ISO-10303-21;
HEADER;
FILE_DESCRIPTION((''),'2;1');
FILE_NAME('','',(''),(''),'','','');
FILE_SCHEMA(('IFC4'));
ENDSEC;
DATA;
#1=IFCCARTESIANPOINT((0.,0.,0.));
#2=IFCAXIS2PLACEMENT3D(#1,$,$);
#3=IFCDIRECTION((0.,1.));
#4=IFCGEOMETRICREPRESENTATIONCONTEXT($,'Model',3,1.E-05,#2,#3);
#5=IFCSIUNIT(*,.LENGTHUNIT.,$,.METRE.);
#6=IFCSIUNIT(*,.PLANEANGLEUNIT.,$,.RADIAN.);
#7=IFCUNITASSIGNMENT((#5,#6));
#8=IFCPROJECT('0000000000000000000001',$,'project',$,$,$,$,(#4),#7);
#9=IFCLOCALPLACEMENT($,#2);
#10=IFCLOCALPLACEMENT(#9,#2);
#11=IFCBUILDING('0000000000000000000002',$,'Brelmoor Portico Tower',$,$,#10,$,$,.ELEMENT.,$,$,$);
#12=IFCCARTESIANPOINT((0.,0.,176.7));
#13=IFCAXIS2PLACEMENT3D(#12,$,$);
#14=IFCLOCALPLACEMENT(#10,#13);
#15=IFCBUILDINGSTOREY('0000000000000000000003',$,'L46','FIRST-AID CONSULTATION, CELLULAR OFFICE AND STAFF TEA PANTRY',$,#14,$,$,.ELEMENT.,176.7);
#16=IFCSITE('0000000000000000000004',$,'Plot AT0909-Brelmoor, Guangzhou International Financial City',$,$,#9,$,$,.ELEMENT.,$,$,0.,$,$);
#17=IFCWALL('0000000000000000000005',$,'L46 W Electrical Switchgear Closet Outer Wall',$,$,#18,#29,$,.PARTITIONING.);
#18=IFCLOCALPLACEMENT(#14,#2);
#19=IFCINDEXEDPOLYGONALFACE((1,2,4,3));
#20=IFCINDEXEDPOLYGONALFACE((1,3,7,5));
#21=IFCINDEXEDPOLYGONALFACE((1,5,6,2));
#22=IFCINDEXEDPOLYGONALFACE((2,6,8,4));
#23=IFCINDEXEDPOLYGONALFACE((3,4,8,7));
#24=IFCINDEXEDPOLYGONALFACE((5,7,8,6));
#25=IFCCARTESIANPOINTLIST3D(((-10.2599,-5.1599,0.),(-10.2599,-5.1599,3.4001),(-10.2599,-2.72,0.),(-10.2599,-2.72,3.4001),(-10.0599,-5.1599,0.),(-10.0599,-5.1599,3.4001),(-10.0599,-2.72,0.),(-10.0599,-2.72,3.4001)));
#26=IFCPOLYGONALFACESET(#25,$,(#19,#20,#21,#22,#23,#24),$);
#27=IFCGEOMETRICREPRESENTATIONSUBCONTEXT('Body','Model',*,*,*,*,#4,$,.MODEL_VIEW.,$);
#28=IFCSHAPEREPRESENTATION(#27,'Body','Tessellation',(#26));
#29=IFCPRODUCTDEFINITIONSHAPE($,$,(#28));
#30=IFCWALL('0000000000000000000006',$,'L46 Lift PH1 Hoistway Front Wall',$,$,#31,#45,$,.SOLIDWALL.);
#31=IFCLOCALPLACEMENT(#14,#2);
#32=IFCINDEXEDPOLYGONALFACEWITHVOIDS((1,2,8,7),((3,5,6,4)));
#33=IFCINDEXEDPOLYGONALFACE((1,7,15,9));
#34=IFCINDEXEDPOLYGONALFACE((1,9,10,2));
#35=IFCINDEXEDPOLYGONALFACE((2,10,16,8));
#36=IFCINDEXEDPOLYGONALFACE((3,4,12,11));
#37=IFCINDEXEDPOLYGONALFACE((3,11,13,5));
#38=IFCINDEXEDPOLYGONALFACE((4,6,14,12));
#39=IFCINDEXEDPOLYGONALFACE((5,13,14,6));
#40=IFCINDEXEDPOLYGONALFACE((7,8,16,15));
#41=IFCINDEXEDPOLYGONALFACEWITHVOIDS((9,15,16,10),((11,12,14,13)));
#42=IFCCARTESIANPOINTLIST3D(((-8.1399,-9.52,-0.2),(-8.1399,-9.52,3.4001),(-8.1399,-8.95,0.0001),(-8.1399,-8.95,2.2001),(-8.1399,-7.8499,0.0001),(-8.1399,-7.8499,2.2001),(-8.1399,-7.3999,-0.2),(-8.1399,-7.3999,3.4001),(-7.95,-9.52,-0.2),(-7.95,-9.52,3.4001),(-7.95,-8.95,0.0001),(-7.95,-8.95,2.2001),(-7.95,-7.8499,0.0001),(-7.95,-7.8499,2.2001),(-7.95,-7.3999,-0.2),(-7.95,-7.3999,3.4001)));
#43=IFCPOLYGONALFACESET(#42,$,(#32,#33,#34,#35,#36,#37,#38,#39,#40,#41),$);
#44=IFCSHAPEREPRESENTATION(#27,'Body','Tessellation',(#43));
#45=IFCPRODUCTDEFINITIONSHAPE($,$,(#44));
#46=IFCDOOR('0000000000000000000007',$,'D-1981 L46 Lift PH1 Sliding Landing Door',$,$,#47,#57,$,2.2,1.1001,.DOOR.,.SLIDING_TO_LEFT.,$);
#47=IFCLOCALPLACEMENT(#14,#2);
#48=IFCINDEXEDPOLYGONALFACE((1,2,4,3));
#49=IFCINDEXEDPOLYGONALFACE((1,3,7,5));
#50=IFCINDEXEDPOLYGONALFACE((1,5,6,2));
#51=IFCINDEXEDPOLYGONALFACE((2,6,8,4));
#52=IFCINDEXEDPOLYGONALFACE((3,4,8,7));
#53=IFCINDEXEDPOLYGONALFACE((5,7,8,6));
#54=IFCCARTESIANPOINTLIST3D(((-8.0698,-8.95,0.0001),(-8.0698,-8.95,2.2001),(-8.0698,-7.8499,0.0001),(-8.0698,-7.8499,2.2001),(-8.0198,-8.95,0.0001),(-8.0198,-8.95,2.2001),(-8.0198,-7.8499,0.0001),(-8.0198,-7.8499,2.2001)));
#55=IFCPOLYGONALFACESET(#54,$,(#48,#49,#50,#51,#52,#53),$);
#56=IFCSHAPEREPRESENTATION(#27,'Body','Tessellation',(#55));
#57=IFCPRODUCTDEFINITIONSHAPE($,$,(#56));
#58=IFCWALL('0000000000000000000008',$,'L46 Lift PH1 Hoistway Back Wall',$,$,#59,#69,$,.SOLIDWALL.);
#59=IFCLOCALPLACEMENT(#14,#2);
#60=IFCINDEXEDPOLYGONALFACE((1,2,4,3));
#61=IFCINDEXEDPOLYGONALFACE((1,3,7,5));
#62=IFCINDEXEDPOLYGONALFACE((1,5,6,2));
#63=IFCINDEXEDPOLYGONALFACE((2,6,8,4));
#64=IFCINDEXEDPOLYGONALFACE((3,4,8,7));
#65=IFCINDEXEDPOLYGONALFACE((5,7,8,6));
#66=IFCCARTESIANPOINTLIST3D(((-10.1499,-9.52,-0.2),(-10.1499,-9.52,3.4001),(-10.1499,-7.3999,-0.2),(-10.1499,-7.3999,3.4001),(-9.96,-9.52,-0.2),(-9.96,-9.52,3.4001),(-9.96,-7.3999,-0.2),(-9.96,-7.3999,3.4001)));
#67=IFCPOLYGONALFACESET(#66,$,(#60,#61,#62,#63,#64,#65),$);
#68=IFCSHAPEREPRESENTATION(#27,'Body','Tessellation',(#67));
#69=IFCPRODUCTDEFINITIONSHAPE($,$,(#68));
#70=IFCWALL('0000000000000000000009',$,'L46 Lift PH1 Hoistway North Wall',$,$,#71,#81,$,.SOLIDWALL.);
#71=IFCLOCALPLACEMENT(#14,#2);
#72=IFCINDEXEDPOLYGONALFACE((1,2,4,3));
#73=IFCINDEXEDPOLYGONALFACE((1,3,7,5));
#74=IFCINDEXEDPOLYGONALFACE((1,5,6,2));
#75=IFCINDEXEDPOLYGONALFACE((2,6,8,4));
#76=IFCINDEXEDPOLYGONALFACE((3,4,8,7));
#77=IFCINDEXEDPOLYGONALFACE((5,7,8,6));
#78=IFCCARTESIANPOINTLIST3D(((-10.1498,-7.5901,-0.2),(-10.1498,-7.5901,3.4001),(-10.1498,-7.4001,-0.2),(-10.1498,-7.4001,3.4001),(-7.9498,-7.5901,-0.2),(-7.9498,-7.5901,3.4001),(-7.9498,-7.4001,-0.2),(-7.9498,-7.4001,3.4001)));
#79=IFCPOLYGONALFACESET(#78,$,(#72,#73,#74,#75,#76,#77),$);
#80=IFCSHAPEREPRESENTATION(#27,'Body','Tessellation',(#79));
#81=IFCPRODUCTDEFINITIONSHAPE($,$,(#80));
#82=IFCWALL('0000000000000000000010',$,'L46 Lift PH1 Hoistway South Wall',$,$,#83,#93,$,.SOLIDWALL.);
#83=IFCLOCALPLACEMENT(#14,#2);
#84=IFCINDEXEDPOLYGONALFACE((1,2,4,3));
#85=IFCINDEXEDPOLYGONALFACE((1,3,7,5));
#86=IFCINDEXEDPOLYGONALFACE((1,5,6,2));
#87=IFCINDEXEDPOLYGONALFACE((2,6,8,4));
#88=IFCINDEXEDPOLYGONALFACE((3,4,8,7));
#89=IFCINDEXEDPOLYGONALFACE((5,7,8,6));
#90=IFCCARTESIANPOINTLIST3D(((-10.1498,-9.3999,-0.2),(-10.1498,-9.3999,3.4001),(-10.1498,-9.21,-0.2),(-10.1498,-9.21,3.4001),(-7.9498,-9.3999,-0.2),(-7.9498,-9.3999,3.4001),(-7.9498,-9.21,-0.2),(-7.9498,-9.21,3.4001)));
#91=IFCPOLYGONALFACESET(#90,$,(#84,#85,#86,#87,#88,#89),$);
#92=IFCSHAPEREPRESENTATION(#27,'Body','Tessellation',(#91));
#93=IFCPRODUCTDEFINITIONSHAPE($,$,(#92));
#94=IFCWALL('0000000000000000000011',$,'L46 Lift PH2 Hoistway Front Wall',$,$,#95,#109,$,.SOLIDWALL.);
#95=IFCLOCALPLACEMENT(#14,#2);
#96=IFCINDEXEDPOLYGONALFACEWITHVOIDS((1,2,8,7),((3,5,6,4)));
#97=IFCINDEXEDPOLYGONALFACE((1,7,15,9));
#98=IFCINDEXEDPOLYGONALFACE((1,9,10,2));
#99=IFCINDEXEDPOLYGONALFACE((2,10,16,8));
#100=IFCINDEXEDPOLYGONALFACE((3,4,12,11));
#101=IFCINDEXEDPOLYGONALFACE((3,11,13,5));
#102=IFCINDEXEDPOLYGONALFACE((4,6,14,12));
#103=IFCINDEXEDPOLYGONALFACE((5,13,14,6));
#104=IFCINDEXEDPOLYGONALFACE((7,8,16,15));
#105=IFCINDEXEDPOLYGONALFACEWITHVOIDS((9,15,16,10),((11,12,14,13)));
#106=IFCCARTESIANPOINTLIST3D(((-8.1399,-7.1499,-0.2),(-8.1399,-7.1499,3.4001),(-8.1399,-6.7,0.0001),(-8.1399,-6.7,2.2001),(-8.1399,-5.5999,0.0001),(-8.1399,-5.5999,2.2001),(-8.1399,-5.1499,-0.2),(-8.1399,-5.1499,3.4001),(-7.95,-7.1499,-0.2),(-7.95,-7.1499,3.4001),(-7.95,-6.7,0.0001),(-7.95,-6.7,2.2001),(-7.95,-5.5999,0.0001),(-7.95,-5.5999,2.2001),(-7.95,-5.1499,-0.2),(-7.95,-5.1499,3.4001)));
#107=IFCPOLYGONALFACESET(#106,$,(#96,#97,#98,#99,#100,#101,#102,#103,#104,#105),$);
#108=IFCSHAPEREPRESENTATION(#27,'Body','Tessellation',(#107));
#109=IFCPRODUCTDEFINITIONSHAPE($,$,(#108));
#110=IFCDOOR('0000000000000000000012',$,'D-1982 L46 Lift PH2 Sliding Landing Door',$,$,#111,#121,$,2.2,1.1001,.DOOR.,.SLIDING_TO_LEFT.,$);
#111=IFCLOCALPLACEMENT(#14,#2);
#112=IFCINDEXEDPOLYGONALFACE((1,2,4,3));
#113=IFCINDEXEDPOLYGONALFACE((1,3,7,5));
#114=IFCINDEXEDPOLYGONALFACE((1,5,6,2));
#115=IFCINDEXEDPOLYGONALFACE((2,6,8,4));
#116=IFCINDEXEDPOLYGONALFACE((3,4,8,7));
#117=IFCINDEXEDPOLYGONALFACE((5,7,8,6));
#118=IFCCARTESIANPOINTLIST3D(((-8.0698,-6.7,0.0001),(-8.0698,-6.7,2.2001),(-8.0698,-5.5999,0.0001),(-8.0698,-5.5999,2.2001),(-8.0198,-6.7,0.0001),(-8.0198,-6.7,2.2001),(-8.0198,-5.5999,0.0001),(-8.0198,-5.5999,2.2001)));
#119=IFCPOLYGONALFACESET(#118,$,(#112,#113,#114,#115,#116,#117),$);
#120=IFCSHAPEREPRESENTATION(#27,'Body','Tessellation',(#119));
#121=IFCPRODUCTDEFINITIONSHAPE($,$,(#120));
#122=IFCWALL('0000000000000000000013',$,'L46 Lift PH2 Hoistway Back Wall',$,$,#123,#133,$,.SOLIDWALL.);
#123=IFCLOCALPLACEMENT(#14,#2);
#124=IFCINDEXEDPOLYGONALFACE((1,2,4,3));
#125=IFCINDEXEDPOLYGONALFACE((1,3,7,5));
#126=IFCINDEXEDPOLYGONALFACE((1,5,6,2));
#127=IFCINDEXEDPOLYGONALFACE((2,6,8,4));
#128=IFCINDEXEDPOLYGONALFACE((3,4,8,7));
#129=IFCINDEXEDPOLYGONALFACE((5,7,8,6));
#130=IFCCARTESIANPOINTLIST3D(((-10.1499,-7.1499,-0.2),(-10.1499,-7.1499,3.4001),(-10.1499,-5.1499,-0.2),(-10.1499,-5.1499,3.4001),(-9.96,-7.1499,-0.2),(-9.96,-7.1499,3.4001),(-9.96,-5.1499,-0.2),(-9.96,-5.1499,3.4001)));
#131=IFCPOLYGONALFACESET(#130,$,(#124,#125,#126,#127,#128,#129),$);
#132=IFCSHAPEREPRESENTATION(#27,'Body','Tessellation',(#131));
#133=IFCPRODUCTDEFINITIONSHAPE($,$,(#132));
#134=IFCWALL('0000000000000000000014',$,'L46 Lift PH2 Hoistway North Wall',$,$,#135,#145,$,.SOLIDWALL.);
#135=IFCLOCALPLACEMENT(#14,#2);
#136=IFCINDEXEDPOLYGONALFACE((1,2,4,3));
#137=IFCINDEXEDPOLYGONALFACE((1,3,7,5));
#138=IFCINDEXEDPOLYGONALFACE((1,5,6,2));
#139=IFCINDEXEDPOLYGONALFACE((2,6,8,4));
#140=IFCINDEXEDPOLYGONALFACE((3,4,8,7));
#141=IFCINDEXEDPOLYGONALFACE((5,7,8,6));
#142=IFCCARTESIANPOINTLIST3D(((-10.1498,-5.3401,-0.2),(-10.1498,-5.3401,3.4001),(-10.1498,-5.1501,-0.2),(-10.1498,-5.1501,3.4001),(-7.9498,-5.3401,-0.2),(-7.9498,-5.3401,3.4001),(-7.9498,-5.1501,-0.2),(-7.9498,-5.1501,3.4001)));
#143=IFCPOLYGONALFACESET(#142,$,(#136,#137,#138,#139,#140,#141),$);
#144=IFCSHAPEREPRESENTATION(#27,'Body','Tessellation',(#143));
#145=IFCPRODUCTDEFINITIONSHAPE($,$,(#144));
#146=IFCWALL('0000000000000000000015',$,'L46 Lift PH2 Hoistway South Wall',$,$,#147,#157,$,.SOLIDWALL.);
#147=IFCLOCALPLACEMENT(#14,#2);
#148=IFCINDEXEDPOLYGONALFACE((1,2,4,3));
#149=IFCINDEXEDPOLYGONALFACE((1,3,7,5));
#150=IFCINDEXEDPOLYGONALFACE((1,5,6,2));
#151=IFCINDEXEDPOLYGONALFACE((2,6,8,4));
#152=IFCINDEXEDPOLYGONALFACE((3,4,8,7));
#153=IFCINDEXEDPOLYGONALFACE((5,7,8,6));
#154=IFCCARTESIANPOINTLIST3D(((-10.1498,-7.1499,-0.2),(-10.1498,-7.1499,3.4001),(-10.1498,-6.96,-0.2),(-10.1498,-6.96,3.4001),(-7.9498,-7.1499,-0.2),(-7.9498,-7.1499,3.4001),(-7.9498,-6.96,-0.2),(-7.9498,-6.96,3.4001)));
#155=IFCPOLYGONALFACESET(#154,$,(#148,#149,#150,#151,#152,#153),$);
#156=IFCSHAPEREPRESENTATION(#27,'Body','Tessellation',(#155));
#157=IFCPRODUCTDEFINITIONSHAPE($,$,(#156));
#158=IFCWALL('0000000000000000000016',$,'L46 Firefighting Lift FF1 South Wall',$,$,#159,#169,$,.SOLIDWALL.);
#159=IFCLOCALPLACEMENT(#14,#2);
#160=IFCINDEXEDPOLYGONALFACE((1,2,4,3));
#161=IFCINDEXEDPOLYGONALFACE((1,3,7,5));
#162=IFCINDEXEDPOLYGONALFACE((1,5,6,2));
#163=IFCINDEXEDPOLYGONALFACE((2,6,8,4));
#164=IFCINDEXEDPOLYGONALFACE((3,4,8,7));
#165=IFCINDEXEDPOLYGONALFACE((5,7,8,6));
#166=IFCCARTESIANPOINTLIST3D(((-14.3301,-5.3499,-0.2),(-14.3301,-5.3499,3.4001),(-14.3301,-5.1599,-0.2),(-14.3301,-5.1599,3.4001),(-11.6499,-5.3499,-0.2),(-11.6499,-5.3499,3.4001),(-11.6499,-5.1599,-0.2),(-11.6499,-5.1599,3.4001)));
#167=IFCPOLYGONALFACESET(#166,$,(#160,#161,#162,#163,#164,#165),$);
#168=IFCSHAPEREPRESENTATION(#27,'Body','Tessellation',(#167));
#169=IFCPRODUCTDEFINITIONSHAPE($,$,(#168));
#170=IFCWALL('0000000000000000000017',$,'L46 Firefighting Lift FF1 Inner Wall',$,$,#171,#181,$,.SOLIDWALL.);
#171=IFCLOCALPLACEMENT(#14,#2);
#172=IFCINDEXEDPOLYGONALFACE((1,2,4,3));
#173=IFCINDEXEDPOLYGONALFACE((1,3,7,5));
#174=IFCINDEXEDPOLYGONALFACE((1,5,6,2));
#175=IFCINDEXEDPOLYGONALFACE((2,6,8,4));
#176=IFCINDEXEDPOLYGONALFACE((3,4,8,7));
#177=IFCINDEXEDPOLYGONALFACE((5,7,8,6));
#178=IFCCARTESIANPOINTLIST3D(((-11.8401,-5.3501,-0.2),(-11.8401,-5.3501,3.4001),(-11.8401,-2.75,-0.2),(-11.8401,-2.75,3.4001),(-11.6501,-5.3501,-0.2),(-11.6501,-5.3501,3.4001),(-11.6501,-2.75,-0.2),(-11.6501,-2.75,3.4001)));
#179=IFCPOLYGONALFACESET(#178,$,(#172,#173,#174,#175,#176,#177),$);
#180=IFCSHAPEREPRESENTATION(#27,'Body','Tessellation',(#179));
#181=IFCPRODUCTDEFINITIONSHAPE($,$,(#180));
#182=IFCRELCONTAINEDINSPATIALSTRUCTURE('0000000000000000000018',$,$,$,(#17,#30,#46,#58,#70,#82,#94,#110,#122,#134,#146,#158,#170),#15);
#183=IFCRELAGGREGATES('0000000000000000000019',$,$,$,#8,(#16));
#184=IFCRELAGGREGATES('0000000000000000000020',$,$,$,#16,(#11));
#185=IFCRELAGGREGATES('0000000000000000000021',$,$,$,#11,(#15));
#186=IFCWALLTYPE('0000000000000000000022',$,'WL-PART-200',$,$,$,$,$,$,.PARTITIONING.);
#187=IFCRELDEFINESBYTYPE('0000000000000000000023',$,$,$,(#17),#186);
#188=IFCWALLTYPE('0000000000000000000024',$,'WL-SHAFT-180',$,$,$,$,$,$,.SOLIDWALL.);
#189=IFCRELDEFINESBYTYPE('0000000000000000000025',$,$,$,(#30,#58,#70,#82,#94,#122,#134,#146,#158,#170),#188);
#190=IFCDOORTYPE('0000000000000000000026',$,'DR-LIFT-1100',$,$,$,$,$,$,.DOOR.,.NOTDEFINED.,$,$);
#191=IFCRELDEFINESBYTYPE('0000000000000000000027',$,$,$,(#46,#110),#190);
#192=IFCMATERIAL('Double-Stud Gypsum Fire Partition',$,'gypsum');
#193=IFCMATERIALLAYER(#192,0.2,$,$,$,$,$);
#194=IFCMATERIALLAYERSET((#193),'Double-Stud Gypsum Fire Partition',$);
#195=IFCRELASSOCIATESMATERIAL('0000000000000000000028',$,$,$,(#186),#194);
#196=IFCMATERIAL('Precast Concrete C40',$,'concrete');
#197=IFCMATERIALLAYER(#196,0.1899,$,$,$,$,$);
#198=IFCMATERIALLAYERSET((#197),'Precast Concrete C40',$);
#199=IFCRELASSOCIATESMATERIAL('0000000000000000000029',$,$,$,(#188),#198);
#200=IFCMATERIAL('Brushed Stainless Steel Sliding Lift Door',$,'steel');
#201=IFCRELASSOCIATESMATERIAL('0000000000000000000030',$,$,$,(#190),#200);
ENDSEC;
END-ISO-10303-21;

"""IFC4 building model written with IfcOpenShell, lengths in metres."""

from ifc_helpers import new_model, si_unit, direction, frame, frame_2d, origin, place, context, subcontext, project, spatial, rectangle, extrude, material, layer, layer_set, type_object, element, fill, save


model = new_model("IFC4")

# Units and contexts
model_context = context("Model", 3, precision=1e-05, world=origin(), true_north=direction((0.0, 1.0)))
body_context = subcontext(model_context, "Body", "Model", "MODEL_VIEW")
ifc_project = project(units=[si_unit("LENGTHUNIT", "METRE"), si_unit("PLANEANGLEUNIT", "RADIAN")], contexts=[model_context])

# Site, building, storey
site_placement = place(None, origin())
site = spatial("IfcSite", under=ifc_project, at=site_placement, Name="Plot AT0909-Brelmoor, Guangzhou International Financial City", CompositionType="ELEMENT", RefElevation=0.0)
building_placement = place(site_placement, origin())
building = spatial("IfcBuilding", under=site, at=building_placement, Name="Brelmoor Portico Tower", CompositionType="ELEMENT")
storey_placement = place(building_placement, frame((0.0, 0.0, 176.7)))
storey = spatial("IfcBuildingStorey", under=building, at=storey_placement, Name="L46", Description="FIRST-AID CONSULTATION, CELLULAR OFFICE AND STAFF TEA PANTRY", CompositionType="ELEMENT", Elevation=176.7)

# Shared definitions
ifc_material_1 = material(Name="Double-Stud Gypsum Fire Partition", Category="gypsum")
ifc_layer_1 = layer(ifc_material_1, 0.2)
ifc_layer_set_1 = layer_set([ifc_layer_1], Name="Double-Stud Gypsum Fire Partition")
wall_type_1 = type_object("IfcWallType", Name="WL-PART-200", PredefinedType="PARTITIONING", material=ifc_layer_set_1)

# Wall
for number, where, z_axis, x_axis, name in (
    (1, (-10.1599, -5.1599, 0.0), (0.0, 0.0, 1.0), (0.0, 1.0, 0.0), "L46 W Electrical Switchgear Closet Outer Wall"),
):
    element("IfcWall", number, at=place(storey_placement, frame(where, z_axis=z_axis, x_axis=x_axis)), inside=storey, type_object=wall_type_1, Name=name, PredefinedType="PARTITIONING", context=body_context, shape_type="SweptSolid", body=[
        extrude(rectangle(XDim=2.4399, YDim=0.2, at=frame_2d((1.22, 0.0))), origin(), (0.0, 0.0, 1.0), 3.4001),
    ])

# Wall, opening, door
ifc_material_2 = material(Name="Precast Concrete C40", Category="concrete")
ifc_layer_2 = layer(ifc_material_2, 0.1899)
ifc_layer_set_2 = layer_set([ifc_layer_2], Name="Precast Concrete C40")
wall_type_2 = type_object("IfcWallType", Name="WL-SHAFT-180", PredefinedType="SOLIDWALL", material=ifc_layer_set_2)
wall_1_placement = place(storey_placement, frame((-8.0449, -9.52, -0.2), z_axis=(0.0, 0.0, 1.0), x_axis=(0.0, 1.0, 0.0)))
wall_1 = element("IfcWall", 2, at=wall_1_placement, inside=storey, type_object=wall_type_2, Name="L46 Lift PH1 Hoistway Front Wall", PredefinedType="SOLIDWALL", context=body_context, shape_type="SweptSolid", body=[
    extrude(rectangle(XDim=2.1201, YDim=0.1899, at=frame_2d((1.0601, 0.0))), origin(), (0.0, 0.0, 1.0), 3.6001),
])
opening_1_placement = place(wall_1_placement, frame((0.5701, 0.0, 0.2)))
opening_1 = element("IfcOpeningElement", 3, at=opening_1_placement, cuts=wall_1, PredefinedType="OPENING", context=body_context, shape_type="SweptSolid", body=[
    extrude(rectangle(XDim=1.1001, YDim=2.2, at=frame_2d((0.55, 1.1001))), frame((0.0, 0.105, 0.0), z_axis=(0.0, -1.0, 0.0), x_axis=(1.0, 0.0, 0.0)), (0.0, 0.0, 1.0), 0.21),
])
ifc_material_3 = material(Name="Brushed Stainless Steel Sliding Lift Door", Category="steel")
door_type_1 = type_object("IfcDoorType", Name="DR-LIFT-1100", OperationType="NOTDEFINED", PredefinedType="DOOR", material=ifc_material_3)
door_1_placement = place(opening_1_placement, origin())
door_1 = element("IfcDoor", 4, at=door_1_placement, inside=storey, type_object=door_type_1, Name="D-1981 L46 Lift PH1 Sliding Landing Door", OperationType="SLIDING_TO_LEFT", OverallHeight=2.2, OverallWidth=1.1001, PredefinedType="DOOR", context=body_context, shape_type="SweptSolid", body=[
    extrude(rectangle(XDim=1.1001, YDim=2.2, at=frame_2d((0.55, 1.1001))), frame((0.0, 0.0249, 0.0), z_axis=(0.0, -1.0, 0.0), x_axis=(1.0, 0.0, 0.0)), (0.0, 0.0, 1.0), 0.05),
])
fill(opening_1, door_1)

# Walls
wall_2_placement = place(storey_placement, frame((-10.0549, -9.52, -0.2), z_axis=(0.0, 0.0, 1.0), x_axis=(0.0, 1.0, 0.0)))
element("IfcWall", 5, at=wall_2_placement, inside=storey, type_object=wall_type_2, Name="L46 Lift PH1 Hoistway Back Wall", PredefinedType="SOLIDWALL", context=body_context, shape_type="SweptSolid", body=[
    extrude(rectangle(XDim=2.1201, YDim=0.1899, at=frame_2d((1.0601, 0.0))), origin(), (0.0, 0.0, 1.0), 3.6001),
])
for number, where, z_axis, x_axis, name in (
    (6, (-10.1499, -7.4951, -0.2), (0.0, 0.0, 1.0), (1.0, 0.0, 0.0), "L46 Lift PH1 Hoistway North Wall"),
    (7, (-10.1499, -9.3049, -0.2), (0.0, 0.0, 1.0), (1.0, 0.0, 0.0), "L46 Lift PH1 Hoistway South Wall"),
):
    element("IfcWall", number, at=place(storey_placement, frame(where, z_axis=z_axis, x_axis=x_axis)), inside=storey, type_object=wall_type_2, Name=name, PredefinedType="SOLIDWALL", context=body_context, shape_type="SweptSolid", body=[
        extrude(rectangle(XDim=2.2, YDim=0.1899, at=frame_2d((1.1001, 0.0))), origin(), (0.0, 0.0, 1.0), 3.6001),
    ])

# Wall, opening, door
wall_3_placement = place(storey_placement, frame((-8.0449, -7.1499, -0.2), z_axis=(0.0, 0.0, 1.0), x_axis=(0.0, 1.0, 0.0)))
wall_3 = element("IfcWall", 8, at=wall_3_placement, inside=storey, type_object=wall_type_2, Name="L46 Lift PH2 Hoistway Front Wall", PredefinedType="SOLIDWALL", context=body_context, shape_type="SweptSolid", body=[
    extrude(rectangle(XDim=2.0, YDim=0.1899, at=frame_2d((1.0, 0.0))), origin(), (0.0, 0.0, 1.0), 3.6001),
])
opening_2_placement = place(wall_3_placement, frame((0.45, 0.0, 0.2)))
opening_2 = element("IfcOpeningElement", 9, at=opening_2_placement, cuts=wall_3, PredefinedType="OPENING", context=body_context, shape_type="SweptSolid", body=[
    extrude(rectangle(XDim=1.1001, YDim=2.2, at=frame_2d((0.55, 1.1001))), frame((0.0, 0.105, 0.0), z_axis=(0.0, -1.0, 0.0), x_axis=(1.0, 0.0, 0.0)), (0.0, 0.0, 1.0), 0.21),
])
door_2_placement = place(opening_2_placement, origin())
door_2 = element("IfcDoor", 10, at=door_2_placement, inside=storey, type_object=door_type_1, Name="D-1982 L46 Lift PH2 Sliding Landing Door", OperationType="SLIDING_TO_LEFT", OverallHeight=2.2, OverallWidth=1.1001, PredefinedType="DOOR", context=body_context, shape_type="SweptSolid", body=[
    extrude(rectangle(XDim=1.1001, YDim=2.2, at=frame_2d((0.55, 1.1001))), frame((0.0, 0.0249, 0.0), z_axis=(0.0, -1.0, 0.0), x_axis=(1.0, 0.0, 0.0)), (0.0, 0.0, 1.0), 0.05),
])
fill(opening_2, door_2)

# Walls
wall_4_placement = place(storey_placement, frame((-10.0549, -7.1499, -0.2), z_axis=(0.0, 0.0, 1.0), x_axis=(0.0, 1.0, 0.0)))
element("IfcWall", 11, at=wall_4_placement, inside=storey, type_object=wall_type_2, Name="L46 Lift PH2 Hoistway Back Wall", PredefinedType="SOLIDWALL", context=body_context, shape_type="SweptSolid", body=[
    extrude(rectangle(XDim=2.0, YDim=0.1899, at=frame_2d((1.0, 0.0))), origin(), (0.0, 0.0, 1.0), 3.6001),
])
for number, where, z_axis, x_axis, name in (
    (12, (-10.1499, -5.2451, -0.2), (0.0, 0.0, 1.0), (1.0, 0.0, 0.0), "L46 Lift PH2 Hoistway North Wall"),
    (13, (-10.1499, -7.0549, -0.2), (0.0, 0.0, 1.0), (1.0, 0.0, 0.0), "L46 Lift PH2 Hoistway South Wall"),
):
    element("IfcWall", number, at=place(storey_placement, frame(where, z_axis=z_axis, x_axis=x_axis)), inside=storey, type_object=wall_type_2, Name=name, PredefinedType="SOLIDWALL", context=body_context, shape_type="SweptSolid", body=[
        extrude(rectangle(XDim=2.2, YDim=0.1899, at=frame_2d((1.1001, 0.0))), origin(), (0.0, 0.0, 1.0), 3.6001),
    ])
wall_5_placement = place(storey_placement, frame((-14.3301, -5.2549, -0.2), z_axis=(0.0, 0.0, 1.0), x_axis=(1.0, 0.0, 0.0)))
element("IfcWall", 14, at=wall_5_placement, inside=storey, type_object=wall_type_2, Name="L46 Firefighting Lift FF1 South Wall", PredefinedType="SOLIDWALL", context=body_context, shape_type="SweptSolid", body=[
    extrude(rectangle(XDim=2.6802, YDim=0.1899, at=frame_2d((1.3401, 0.0))), origin(), (0.0, 0.0, 1.0), 3.6001),
])
wall_6_placement = place(storey_placement, frame((-11.7451, -5.3501, -0.2), z_axis=(0.0, 0.0, 1.0), x_axis=(0.0, 1.0, 0.0)))
element("IfcWall", 15, at=wall_6_placement, inside=storey, type_object=wall_type_2, Name="L46 Firefighting Lift FF1 Inner Wall", PredefinedType="SOLIDWALL", context=body_context, shape_type="SweptSolid", body=[
    extrude(rectangle(XDim=2.6001, YDim=0.1899, at=frame_2d((1.3, 0.0))), origin(), (0.0, 0.0, 1.0), 3.6001),
])

save(model, "model.ifc")
